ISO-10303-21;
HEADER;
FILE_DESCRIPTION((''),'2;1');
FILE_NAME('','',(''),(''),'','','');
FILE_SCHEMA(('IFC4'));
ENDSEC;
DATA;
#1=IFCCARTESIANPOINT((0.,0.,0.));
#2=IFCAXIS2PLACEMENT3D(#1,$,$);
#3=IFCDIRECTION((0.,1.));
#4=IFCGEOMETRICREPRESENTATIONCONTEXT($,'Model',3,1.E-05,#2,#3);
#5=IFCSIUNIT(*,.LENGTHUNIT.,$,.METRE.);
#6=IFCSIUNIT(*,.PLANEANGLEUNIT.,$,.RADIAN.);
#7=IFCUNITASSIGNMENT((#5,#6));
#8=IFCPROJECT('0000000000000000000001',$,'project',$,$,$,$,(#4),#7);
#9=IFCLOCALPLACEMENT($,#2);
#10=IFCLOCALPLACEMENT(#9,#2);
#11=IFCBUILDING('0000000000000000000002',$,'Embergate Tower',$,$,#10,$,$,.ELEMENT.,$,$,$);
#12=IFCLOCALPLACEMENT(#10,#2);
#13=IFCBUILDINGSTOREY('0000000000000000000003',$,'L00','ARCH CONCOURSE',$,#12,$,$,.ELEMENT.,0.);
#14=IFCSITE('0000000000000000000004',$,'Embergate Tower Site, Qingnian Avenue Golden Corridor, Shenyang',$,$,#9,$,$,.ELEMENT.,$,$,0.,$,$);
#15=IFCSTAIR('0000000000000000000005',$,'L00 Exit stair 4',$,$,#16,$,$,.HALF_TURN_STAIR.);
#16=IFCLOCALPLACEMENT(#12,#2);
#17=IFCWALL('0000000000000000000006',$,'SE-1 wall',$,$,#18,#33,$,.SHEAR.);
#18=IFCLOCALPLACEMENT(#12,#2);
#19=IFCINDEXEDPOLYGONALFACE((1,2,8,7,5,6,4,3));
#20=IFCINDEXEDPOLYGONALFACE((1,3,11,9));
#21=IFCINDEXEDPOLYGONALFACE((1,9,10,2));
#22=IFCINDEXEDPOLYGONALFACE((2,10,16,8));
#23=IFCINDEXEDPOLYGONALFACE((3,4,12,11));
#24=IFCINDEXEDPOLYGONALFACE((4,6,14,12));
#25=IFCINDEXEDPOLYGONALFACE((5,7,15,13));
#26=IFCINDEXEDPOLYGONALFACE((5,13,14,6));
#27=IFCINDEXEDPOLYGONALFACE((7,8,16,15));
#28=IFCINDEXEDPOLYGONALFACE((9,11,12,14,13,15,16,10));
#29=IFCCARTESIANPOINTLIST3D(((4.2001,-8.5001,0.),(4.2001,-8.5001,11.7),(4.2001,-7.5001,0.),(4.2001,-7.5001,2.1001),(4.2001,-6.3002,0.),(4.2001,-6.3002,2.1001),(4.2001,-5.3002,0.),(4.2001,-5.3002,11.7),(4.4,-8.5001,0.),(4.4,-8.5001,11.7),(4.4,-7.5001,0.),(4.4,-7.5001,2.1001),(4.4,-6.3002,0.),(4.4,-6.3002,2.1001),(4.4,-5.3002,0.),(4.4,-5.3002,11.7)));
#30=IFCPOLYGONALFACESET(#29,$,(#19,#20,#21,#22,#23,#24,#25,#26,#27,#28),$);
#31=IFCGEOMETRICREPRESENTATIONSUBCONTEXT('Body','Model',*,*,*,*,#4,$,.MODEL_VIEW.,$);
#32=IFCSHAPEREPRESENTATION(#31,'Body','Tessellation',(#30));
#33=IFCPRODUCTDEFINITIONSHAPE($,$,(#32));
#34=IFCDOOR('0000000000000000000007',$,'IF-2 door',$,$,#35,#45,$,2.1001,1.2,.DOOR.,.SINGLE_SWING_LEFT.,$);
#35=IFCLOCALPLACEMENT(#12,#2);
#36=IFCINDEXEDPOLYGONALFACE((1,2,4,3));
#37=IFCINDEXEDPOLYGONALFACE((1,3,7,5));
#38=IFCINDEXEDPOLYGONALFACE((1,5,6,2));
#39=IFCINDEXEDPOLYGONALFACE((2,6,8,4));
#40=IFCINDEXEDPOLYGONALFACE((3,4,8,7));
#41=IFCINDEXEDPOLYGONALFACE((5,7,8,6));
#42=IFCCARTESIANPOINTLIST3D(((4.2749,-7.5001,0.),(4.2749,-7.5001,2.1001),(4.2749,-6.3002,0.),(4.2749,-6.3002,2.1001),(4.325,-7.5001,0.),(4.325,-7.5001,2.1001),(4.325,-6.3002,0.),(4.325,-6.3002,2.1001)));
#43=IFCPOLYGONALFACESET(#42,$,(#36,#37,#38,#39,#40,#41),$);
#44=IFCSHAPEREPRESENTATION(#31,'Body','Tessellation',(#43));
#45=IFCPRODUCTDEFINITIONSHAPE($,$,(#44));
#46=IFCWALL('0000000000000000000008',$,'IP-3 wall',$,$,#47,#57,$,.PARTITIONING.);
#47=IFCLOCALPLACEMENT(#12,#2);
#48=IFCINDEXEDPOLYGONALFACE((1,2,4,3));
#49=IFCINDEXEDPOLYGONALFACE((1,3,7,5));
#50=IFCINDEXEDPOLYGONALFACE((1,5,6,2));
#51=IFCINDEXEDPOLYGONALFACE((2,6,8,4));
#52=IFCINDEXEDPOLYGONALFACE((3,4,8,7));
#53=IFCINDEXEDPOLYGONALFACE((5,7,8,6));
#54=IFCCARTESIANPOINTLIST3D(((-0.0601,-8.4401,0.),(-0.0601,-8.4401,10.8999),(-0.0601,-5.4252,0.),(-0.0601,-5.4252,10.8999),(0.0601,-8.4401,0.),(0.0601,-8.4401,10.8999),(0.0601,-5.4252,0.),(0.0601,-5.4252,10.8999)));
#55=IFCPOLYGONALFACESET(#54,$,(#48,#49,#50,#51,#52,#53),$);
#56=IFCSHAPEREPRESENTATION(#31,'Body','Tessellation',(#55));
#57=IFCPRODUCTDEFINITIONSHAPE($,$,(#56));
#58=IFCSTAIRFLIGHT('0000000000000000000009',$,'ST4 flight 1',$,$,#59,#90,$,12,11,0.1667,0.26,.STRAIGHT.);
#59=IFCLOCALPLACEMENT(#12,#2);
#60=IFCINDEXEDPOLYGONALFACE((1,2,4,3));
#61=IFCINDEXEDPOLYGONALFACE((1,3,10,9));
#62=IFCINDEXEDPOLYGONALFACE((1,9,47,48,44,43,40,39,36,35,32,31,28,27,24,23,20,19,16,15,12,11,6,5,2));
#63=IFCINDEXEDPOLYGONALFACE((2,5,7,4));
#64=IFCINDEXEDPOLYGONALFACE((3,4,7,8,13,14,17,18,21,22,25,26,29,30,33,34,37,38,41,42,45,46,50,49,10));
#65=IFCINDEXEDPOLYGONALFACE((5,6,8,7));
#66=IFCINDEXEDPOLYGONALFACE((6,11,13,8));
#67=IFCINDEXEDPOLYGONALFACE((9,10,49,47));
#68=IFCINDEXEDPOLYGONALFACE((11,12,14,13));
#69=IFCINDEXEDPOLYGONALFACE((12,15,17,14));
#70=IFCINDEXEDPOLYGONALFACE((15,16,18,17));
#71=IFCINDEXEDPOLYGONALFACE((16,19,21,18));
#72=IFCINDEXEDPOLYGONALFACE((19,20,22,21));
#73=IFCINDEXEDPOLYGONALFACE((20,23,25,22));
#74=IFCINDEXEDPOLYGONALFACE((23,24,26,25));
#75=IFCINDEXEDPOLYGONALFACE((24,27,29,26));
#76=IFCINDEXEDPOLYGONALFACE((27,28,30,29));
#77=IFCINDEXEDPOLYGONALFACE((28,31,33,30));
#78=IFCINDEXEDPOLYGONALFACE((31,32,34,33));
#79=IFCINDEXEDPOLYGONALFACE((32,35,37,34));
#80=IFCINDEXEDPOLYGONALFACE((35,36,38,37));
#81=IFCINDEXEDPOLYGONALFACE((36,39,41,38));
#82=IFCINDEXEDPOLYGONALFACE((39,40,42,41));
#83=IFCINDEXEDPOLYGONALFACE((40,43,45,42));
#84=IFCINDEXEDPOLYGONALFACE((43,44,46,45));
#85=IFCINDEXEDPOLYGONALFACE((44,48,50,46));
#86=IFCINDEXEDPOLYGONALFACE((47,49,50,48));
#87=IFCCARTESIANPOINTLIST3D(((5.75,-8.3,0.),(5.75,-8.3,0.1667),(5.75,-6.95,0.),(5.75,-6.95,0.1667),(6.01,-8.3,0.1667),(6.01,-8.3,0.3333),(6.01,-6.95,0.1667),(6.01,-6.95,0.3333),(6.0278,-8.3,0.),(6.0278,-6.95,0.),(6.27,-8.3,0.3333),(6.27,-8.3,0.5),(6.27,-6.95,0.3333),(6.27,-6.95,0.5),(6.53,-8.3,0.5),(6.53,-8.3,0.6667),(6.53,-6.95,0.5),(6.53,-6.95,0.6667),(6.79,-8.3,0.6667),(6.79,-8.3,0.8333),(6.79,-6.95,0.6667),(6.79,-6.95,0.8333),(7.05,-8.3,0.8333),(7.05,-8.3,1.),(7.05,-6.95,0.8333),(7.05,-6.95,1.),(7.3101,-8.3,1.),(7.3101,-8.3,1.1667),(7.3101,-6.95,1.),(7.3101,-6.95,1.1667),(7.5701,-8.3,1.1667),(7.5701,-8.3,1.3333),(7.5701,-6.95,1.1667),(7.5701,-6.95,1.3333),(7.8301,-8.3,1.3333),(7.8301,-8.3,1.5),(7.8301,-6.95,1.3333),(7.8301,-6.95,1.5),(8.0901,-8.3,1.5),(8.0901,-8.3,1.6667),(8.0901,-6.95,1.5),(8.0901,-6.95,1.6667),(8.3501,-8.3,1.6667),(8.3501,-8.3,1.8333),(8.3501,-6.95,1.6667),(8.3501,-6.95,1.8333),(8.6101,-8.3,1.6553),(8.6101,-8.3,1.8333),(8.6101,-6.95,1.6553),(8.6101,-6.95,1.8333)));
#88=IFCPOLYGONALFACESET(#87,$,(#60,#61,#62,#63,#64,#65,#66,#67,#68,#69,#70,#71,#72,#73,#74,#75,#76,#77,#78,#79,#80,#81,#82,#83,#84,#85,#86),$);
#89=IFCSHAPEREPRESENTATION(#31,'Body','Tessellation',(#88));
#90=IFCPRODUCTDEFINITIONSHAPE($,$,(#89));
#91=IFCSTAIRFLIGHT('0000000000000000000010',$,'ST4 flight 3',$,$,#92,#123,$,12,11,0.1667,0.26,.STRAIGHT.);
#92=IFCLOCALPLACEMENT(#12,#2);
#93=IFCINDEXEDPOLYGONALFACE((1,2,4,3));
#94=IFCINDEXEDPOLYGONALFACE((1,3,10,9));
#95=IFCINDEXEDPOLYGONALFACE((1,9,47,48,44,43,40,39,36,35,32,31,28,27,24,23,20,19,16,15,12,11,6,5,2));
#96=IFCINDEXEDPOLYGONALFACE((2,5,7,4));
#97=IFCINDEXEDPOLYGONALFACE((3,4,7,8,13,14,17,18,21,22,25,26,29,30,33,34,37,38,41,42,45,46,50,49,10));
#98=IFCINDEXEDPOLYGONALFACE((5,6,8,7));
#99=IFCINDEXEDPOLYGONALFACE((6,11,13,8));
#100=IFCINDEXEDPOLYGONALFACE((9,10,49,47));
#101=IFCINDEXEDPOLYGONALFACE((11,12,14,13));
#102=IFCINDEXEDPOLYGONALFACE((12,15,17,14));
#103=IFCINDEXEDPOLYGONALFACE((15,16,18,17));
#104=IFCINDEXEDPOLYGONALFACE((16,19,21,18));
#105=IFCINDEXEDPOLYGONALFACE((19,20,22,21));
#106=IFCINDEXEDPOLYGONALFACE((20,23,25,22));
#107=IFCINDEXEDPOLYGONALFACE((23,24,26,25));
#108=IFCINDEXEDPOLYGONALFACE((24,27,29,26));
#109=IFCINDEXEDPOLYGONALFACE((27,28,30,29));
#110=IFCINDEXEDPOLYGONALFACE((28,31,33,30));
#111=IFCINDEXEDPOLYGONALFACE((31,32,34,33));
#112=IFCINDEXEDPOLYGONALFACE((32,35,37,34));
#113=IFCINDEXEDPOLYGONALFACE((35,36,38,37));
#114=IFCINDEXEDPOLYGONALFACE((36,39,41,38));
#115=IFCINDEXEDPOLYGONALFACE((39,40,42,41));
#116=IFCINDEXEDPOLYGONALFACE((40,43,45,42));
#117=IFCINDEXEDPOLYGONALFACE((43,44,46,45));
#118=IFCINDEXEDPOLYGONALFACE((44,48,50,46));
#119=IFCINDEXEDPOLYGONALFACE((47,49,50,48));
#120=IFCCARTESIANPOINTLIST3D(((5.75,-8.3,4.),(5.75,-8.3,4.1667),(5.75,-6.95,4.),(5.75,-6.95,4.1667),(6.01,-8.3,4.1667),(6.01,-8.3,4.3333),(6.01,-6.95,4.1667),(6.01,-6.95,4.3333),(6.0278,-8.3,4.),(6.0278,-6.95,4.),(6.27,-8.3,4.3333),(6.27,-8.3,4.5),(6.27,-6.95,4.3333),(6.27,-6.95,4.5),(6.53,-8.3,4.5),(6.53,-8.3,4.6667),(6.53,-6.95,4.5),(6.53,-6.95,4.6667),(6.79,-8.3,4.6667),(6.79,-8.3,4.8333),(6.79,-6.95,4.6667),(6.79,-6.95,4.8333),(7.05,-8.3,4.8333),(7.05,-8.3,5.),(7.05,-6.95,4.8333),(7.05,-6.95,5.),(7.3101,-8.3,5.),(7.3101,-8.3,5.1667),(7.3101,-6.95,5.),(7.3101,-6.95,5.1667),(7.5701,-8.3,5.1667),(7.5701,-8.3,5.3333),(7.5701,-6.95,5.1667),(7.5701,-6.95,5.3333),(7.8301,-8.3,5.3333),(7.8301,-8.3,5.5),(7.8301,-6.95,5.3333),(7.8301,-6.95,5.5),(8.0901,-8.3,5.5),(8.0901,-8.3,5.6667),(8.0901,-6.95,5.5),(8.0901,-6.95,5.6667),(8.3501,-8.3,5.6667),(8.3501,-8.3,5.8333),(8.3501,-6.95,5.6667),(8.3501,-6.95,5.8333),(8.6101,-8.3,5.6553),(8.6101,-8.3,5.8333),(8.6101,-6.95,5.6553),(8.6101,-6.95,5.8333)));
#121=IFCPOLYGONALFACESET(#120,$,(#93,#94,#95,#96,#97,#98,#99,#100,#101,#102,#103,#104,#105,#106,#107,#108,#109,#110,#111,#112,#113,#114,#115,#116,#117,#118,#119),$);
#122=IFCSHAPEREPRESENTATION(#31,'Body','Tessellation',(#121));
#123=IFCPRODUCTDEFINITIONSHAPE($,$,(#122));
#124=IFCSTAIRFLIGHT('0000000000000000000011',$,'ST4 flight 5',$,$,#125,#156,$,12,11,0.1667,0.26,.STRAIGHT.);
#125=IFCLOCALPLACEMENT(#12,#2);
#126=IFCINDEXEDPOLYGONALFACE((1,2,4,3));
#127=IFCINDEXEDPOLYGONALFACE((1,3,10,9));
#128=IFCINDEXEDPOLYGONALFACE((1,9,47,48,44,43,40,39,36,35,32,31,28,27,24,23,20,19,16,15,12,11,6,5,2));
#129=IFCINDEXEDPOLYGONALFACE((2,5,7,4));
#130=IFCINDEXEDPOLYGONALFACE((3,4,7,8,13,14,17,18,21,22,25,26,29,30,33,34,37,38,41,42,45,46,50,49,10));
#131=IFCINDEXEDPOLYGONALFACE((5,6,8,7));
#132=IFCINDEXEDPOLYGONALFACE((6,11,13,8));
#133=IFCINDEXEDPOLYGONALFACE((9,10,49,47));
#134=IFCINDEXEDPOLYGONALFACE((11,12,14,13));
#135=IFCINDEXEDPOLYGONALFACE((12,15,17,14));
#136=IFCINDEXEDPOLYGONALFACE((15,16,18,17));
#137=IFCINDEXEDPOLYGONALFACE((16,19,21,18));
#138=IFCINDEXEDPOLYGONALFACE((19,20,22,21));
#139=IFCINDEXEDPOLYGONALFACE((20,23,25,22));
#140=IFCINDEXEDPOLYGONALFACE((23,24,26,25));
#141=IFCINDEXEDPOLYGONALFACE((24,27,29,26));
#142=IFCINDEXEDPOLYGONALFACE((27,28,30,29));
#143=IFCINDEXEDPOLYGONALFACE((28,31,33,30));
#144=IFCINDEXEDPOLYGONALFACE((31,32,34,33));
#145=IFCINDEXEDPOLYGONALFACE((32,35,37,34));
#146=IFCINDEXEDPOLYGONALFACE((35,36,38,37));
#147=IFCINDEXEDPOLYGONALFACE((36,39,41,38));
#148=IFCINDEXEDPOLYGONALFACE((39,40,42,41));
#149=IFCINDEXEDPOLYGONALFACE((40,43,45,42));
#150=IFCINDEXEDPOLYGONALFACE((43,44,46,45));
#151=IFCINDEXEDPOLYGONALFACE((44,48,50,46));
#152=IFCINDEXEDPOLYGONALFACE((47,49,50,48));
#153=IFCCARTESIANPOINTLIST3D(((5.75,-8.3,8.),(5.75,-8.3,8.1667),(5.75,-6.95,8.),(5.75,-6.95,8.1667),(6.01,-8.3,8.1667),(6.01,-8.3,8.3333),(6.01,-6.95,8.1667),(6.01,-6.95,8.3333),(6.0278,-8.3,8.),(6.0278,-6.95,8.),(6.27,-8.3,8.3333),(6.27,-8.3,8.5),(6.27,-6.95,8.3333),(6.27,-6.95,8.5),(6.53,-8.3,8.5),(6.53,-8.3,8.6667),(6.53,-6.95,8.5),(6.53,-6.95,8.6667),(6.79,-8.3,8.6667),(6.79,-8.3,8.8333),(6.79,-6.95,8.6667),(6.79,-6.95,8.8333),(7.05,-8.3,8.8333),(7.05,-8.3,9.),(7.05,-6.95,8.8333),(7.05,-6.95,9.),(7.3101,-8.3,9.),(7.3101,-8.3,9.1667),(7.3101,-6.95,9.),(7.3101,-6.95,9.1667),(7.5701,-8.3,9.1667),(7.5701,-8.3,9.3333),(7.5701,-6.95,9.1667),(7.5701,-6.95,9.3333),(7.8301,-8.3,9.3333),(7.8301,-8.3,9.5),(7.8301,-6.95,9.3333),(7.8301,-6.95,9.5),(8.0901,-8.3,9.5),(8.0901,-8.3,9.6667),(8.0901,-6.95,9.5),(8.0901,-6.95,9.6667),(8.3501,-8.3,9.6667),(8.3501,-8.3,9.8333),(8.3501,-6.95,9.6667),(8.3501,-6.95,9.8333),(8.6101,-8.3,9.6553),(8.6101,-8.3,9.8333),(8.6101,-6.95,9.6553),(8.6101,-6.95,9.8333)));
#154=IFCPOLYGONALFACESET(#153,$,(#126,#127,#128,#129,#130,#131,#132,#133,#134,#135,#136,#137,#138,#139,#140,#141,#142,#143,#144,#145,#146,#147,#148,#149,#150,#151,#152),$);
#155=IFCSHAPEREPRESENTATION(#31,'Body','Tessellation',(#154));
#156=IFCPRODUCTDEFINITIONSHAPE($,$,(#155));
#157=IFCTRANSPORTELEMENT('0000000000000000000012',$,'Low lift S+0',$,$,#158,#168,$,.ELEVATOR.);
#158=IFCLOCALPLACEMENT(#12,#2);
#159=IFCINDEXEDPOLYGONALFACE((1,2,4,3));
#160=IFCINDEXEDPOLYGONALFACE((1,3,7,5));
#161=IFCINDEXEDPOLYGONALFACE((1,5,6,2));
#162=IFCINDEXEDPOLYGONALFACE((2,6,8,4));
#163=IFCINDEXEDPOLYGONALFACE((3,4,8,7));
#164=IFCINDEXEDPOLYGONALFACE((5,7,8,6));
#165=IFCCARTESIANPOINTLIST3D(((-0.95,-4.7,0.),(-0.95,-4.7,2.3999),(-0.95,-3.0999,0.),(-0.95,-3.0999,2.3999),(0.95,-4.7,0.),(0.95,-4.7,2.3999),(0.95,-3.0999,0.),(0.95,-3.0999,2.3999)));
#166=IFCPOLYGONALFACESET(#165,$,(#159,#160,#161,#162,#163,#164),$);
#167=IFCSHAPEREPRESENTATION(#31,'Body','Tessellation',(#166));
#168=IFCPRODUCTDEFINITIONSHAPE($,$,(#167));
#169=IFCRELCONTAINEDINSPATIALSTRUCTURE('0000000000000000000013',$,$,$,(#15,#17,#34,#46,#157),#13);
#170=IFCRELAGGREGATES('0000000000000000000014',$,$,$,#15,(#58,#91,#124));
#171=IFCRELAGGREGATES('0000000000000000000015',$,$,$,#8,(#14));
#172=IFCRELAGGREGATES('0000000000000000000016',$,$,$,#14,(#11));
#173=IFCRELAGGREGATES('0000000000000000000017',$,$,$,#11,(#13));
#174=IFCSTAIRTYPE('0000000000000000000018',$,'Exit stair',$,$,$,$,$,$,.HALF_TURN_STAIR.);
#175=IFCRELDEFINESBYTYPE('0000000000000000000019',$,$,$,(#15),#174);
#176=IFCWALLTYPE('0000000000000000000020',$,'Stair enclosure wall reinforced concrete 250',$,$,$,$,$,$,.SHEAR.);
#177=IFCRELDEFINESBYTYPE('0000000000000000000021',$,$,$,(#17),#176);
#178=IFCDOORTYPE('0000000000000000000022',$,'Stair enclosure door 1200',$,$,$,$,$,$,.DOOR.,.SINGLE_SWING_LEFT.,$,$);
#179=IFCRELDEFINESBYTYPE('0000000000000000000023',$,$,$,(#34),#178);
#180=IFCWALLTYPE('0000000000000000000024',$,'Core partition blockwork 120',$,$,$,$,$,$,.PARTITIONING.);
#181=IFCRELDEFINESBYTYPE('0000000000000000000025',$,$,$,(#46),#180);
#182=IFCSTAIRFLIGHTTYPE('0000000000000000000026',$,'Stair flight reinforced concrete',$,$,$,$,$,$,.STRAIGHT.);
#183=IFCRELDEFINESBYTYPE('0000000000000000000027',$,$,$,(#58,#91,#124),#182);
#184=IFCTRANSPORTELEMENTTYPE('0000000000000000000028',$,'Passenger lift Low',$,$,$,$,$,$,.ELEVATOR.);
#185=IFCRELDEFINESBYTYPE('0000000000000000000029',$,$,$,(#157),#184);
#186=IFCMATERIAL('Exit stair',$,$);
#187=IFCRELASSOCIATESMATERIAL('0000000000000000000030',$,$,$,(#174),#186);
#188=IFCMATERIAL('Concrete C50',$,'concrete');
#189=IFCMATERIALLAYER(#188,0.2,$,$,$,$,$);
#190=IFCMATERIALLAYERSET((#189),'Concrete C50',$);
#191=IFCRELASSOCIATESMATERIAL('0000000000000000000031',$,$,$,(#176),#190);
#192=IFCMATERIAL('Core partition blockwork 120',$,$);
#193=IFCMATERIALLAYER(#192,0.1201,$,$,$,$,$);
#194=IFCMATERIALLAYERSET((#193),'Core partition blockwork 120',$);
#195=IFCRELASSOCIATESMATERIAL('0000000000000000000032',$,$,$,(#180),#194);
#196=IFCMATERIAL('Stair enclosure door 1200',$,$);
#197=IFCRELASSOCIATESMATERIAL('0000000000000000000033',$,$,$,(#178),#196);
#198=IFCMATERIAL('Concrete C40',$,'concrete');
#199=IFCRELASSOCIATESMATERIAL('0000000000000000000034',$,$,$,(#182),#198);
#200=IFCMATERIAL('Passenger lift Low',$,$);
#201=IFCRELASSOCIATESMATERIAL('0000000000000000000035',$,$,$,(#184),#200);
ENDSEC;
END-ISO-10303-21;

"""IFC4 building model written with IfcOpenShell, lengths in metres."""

from ifc_helpers import new_model, si_unit, direction, frame, frame_2d, origin, origin_2d, place, context, subcontext, project, spatial, polyline, rectangle, outline, extrude, source, transform, mapped, material, layer, layer_set, type_object, element, fill, aggregate, save


model = new_model("IFC4")

# Units and contexts
model_context = context("Model", 3, precision=1e-05, world=origin(), true_north=direction((0.0, 1.0)))
body_context = subcontext(model_context, "Body", "Model", "MODEL_VIEW")
ifc_project = project(units=[si_unit("LENGTHUNIT", "METRE"), si_unit("PLANEANGLEUNIT", "RADIAN")], contexts=[model_context])

# Site, building, storey
site_placement = place(None, origin())
site = spatial("IfcSite", under=ifc_project, at=site_placement, Name="Embergate Tower Site, Qingnian Avenue Golden Corridor, Shenyang", CompositionType="ELEMENT", RefElevation=0.0)
building_placement = place(site_placement, origin())
building = spatial("IfcBuilding", under=site, at=building_placement, Name="Embergate Tower", CompositionType="ELEMENT")
storey_placement = place(building_placement, origin())
storey = spatial("IfcBuildingStorey", under=building, at=storey_placement, Name="L00", Description="ARCH CONCOURSE", CompositionType="ELEMENT", Elevation=0.0)

# Stair
ifc_material_1 = material(Name="Exit stair")
stair_type = type_object("IfcStairType", Name="Exit stair", PredefinedType="HALF_TURN_STAIR", material=ifc_material_1)
stair_placement = place(storey_placement, origin())
stair = element("IfcStair", 1, at=stair_placement, inside=storey, type_object=stair_type, Name="L00 Exit stair 4", PredefinedType="HALF_TURN_STAIR")
ifc_material_2 = material(Name="Concrete C40", Category="concrete")

# Shared definitions
ifc_material_3 = material(Name="Concrete C50", Category="concrete")
ifc_layer_1 = layer(ifc_material_3, 0.2)
ifc_layer_set_1 = layer_set([ifc_layer_1], Name="Concrete C50")
wall_type_1 = type_object("IfcWallType", Name="Stair enclosure wall reinforced concrete 250", PredefinedType="SHEAR", material=ifc_layer_set_1)

# Wall, opening, door
ifc_material_4 = material(Name="Core partition blockwork 120")
ifc_layer_2 = layer(ifc_material_4, 0.1201)
ifc_layer_set_2 = layer_set([ifc_layer_2], Name="Core partition blockwork 120")
wall_type_2 = type_object("IfcWallType", Name="Core partition blockwork 120", PredefinedType="PARTITIONING", material=ifc_layer_set_2)
shared_shape_1 = source(origin(), body_context, "Body", "SweptSolid", [
    extrude(rectangle(XDim=3.2, YDim=0.2, at=frame_2d((1.6001, 0.0))), origin(), (0.0, 0.0, 1.0), 11.7),
])
wall_1_placement = place(storey_placement, frame((4.3, -5.3, 0.0), z_axis=(0.0, 0.0, 1.0), x_axis=(0.0, -1.0, 0.0)))
wall_1 = element("IfcWall", 2, at=wall_1_placement, inside=storey, type_object=wall_type_1, Name="SE-1 wall", PredefinedType="SHEAR", context=body_context, shape_type="MappedRepresentation", body=[
    mapped(shared_shape_1, transform((0.0, 0.0, 0.0))),
])
shared_shape_2 = source(origin(), body_context, "Body", "SweptSolid", [
    extrude(rectangle(XDim=1.2, YDim=2.1001, at=frame_2d((0.6001, 1.05))), frame((0.0, 0.1099, 0.0), z_axis=(0.0, -1.0, 0.0), x_axis=(1.0, 0.0, 0.0)), (0.0, 0.0, 1.0), 0.22),
])
opening_1_placement = place(wall_1_placement, frame((1.0, 0.0, 0.0)))
opening_1 = element("IfcOpeningElement", 3, at=opening_1_placement, cuts=wall_1, PredefinedType="OPENING", context=body_context, shape_type="MappedRepresentation", body=[
    mapped(shared_shape_2, transform((0.0, 0.0, 0.0))),
])
ifc_material_5 = material(Name="Stair enclosure door 1200")
door_type_1 = type_object("IfcDoorType", Name="Stair enclosure door 1200", OperationType="SINGLE_SWING_LEFT", PredefinedType="DOOR", material=ifc_material_5)
shared_shape_3 = source(origin(), body_context, "Body", "SweptSolid", [
    extrude(rectangle(XDim=1.2, YDim=2.1001, at=frame_2d((0.6001, 1.05))), frame((0.0, 0.0249, 0.0), z_axis=(0.0, -1.0, 0.0), x_axis=(1.0, 0.0, 0.0)), (0.0, 0.0, 1.0), 0.05),
])
door_1_placement = place(opening_1_placement, origin())
door_1 = element("IfcDoor", 4, at=door_1_placement, inside=storey, type_object=door_type_1, Name="IF-2 door", OperationType="SINGLE_SWING_LEFT", OverallHeight=2.1001, OverallWidth=1.2, PredefinedType="DOOR", context=body_context, shape_type="MappedRepresentation", body=[
    mapped(shared_shape_3, transform((0.0, 0.0, 0.0))),
])
fill(opening_1, door_1)

# Wall
shared_shape_4 = source(origin(), body_context, "Body", "SweptSolid", [
    extrude(rectangle(XDim=3.0149, YDim=0.1201, at=frame_2d((1.5073, 0.0))), origin(), (0.0, 0.0, 1.0), 10.8999),
])
wall_2_placement = place(storey_placement, frame((0.0, -8.4399, 0.0), z_axis=(0.0, 0.0, 1.0), x_axis=(0.0, 1.0, 0.0)))
element("IfcWall", 5, at=wall_2_placement, inside=storey, type_object=wall_type_2, Name="IP-3 wall", PredefinedType="PARTITIONING", context=body_context, shape_type="MappedRepresentation", body=[
    mapped(shared_shape_4, transform((0.0, 0.0, 0.0))),
])

# Stair flights
stair_flight_type = type_object("IfcStairFlightType", Name="Stair flight reinforced concrete", PredefinedType="STRAIGHT", material=ifc_material_2)
shared_shape_5 = source(origin(), body_context, "Body", "SweptSolid", [
    extrude(outline(polyline([(0.0, 0.0), (0.0, 0.1667), (0.26, 0.1667), (0.26, 0.3333), (0.52, 0.3333), (0.52, 0.5), (0.78, 0.5), (0.78, 0.6667), (1.04, 0.6667), (1.04, 0.8333), (1.3, 0.8333), (1.3, 1.0), (1.5601, 1.0), (1.5601, 1.1667), (1.8201, 1.1667), (1.8201, 1.3333), (2.0801, 1.3333), (2.0801, 1.5), (2.3401, 1.5), (2.3401, 1.6667), (2.6001, 1.6667), (2.6001, 1.8333), (2.8601, 1.8333), (2.8601, 2.0), (2.8601, 1.6553), (0.2778, 0.0), (0.0, 0.0)])), frame((0.0, 0.675, 0.0), z_axis=(0.0, -1.0, 0.0), x_axis=(1.0, 0.0, 0.0)), (0.0, 0.0, 1.0), 1.3501),
])
stair_flight_1_placement = place(storey_placement, frame((5.75, -7.625, 0.0), z_axis=(0.0, 0.0, 1.0), x_axis=(1.0, 0.0, 0.0)))
stair_flight_1 = element("IfcStairFlight", 6, at=stair_flight_1_placement, type_object=stair_flight_type, Name="ST4 flight 1", NumberOfRisers=12, NumberOfTreads=11, PredefinedType="STRAIGHT", RiserHeight=0.1667, TreadLength=0.26, context=body_context, shape_type="MappedRepresentation", body=[
    mapped(shared_shape_5, transform((0.0, 0.0, 0.0))),
])
stair_flight_2_placement = place(storey_placement, frame((5.75, -7.625, 4.0), z_axis=(0.0, 0.0, 1.0), x_axis=(1.0, 0.0, 0.0)))
stair_flight_2 = element("IfcStairFlight", 7, at=stair_flight_2_placement, type_object=stair_flight_type, Name="ST4 flight 3", NumberOfRisers=12, NumberOfTreads=11, PredefinedType="STRAIGHT", RiserHeight=0.1667, TreadLength=0.26, context=body_context, shape_type="MappedRepresentation", body=[
    mapped(shared_shape_5, transform((0.0, 0.0, 0.0))),
])
stair_flight_3_placement = place(storey_placement, frame((5.75, -7.625, 8.0), z_axis=(0.0, 0.0, 1.0), x_axis=(1.0, 0.0, 0.0)))
stair_flight_3 = element("IfcStairFlight", 8, at=stair_flight_3_placement, type_object=stair_flight_type, Name="ST4 flight 5", NumberOfRisers=12, NumberOfTreads=11, PredefinedType="STRAIGHT", RiserHeight=0.1667, TreadLength=0.26, context=body_context, shape_type="MappedRepresentation", body=[
    mapped(shared_shape_5, transform((0.0, 0.0, 0.0))),
])
aggregate(stair, [stair_flight_1, stair_flight_2, stair_flight_3])

# Transport element
ifc_material_6 = material(Name="Passenger lift Low")
transport_element_type_1 = type_object("IfcTransportElementType", Name="Passenger lift Low", PredefinedType="ELEVATOR", material=ifc_material_6)
shared_shape_6 = source(origin(), body_context, "Body", "SweptSolid", [
    extrude(rectangle(XDim=1.8999, YDim=1.6001, at=origin_2d()), origin(), (0.0, 0.0, 1.0), 2.3999),
])
transport_element_1_placement = place(storey_placement, frame((0.0, -3.8999, 0.0), z_axis=(0.0, 0.0, 1.0), x_axis=(1.0, 0.0, 0.0)))
element("IfcTransportElement", 9, at=transport_element_1_placement, inside=storey, type_object=transport_element_type_1, Name="Low lift S+0", PredefinedType="ELEVATOR", context=body_context, shape_type="MappedRepresentation", body=[
    mapped(shared_shape_6, transform((0.0, 0.0, 0.0))),
])

save(model, "model.ifc")
